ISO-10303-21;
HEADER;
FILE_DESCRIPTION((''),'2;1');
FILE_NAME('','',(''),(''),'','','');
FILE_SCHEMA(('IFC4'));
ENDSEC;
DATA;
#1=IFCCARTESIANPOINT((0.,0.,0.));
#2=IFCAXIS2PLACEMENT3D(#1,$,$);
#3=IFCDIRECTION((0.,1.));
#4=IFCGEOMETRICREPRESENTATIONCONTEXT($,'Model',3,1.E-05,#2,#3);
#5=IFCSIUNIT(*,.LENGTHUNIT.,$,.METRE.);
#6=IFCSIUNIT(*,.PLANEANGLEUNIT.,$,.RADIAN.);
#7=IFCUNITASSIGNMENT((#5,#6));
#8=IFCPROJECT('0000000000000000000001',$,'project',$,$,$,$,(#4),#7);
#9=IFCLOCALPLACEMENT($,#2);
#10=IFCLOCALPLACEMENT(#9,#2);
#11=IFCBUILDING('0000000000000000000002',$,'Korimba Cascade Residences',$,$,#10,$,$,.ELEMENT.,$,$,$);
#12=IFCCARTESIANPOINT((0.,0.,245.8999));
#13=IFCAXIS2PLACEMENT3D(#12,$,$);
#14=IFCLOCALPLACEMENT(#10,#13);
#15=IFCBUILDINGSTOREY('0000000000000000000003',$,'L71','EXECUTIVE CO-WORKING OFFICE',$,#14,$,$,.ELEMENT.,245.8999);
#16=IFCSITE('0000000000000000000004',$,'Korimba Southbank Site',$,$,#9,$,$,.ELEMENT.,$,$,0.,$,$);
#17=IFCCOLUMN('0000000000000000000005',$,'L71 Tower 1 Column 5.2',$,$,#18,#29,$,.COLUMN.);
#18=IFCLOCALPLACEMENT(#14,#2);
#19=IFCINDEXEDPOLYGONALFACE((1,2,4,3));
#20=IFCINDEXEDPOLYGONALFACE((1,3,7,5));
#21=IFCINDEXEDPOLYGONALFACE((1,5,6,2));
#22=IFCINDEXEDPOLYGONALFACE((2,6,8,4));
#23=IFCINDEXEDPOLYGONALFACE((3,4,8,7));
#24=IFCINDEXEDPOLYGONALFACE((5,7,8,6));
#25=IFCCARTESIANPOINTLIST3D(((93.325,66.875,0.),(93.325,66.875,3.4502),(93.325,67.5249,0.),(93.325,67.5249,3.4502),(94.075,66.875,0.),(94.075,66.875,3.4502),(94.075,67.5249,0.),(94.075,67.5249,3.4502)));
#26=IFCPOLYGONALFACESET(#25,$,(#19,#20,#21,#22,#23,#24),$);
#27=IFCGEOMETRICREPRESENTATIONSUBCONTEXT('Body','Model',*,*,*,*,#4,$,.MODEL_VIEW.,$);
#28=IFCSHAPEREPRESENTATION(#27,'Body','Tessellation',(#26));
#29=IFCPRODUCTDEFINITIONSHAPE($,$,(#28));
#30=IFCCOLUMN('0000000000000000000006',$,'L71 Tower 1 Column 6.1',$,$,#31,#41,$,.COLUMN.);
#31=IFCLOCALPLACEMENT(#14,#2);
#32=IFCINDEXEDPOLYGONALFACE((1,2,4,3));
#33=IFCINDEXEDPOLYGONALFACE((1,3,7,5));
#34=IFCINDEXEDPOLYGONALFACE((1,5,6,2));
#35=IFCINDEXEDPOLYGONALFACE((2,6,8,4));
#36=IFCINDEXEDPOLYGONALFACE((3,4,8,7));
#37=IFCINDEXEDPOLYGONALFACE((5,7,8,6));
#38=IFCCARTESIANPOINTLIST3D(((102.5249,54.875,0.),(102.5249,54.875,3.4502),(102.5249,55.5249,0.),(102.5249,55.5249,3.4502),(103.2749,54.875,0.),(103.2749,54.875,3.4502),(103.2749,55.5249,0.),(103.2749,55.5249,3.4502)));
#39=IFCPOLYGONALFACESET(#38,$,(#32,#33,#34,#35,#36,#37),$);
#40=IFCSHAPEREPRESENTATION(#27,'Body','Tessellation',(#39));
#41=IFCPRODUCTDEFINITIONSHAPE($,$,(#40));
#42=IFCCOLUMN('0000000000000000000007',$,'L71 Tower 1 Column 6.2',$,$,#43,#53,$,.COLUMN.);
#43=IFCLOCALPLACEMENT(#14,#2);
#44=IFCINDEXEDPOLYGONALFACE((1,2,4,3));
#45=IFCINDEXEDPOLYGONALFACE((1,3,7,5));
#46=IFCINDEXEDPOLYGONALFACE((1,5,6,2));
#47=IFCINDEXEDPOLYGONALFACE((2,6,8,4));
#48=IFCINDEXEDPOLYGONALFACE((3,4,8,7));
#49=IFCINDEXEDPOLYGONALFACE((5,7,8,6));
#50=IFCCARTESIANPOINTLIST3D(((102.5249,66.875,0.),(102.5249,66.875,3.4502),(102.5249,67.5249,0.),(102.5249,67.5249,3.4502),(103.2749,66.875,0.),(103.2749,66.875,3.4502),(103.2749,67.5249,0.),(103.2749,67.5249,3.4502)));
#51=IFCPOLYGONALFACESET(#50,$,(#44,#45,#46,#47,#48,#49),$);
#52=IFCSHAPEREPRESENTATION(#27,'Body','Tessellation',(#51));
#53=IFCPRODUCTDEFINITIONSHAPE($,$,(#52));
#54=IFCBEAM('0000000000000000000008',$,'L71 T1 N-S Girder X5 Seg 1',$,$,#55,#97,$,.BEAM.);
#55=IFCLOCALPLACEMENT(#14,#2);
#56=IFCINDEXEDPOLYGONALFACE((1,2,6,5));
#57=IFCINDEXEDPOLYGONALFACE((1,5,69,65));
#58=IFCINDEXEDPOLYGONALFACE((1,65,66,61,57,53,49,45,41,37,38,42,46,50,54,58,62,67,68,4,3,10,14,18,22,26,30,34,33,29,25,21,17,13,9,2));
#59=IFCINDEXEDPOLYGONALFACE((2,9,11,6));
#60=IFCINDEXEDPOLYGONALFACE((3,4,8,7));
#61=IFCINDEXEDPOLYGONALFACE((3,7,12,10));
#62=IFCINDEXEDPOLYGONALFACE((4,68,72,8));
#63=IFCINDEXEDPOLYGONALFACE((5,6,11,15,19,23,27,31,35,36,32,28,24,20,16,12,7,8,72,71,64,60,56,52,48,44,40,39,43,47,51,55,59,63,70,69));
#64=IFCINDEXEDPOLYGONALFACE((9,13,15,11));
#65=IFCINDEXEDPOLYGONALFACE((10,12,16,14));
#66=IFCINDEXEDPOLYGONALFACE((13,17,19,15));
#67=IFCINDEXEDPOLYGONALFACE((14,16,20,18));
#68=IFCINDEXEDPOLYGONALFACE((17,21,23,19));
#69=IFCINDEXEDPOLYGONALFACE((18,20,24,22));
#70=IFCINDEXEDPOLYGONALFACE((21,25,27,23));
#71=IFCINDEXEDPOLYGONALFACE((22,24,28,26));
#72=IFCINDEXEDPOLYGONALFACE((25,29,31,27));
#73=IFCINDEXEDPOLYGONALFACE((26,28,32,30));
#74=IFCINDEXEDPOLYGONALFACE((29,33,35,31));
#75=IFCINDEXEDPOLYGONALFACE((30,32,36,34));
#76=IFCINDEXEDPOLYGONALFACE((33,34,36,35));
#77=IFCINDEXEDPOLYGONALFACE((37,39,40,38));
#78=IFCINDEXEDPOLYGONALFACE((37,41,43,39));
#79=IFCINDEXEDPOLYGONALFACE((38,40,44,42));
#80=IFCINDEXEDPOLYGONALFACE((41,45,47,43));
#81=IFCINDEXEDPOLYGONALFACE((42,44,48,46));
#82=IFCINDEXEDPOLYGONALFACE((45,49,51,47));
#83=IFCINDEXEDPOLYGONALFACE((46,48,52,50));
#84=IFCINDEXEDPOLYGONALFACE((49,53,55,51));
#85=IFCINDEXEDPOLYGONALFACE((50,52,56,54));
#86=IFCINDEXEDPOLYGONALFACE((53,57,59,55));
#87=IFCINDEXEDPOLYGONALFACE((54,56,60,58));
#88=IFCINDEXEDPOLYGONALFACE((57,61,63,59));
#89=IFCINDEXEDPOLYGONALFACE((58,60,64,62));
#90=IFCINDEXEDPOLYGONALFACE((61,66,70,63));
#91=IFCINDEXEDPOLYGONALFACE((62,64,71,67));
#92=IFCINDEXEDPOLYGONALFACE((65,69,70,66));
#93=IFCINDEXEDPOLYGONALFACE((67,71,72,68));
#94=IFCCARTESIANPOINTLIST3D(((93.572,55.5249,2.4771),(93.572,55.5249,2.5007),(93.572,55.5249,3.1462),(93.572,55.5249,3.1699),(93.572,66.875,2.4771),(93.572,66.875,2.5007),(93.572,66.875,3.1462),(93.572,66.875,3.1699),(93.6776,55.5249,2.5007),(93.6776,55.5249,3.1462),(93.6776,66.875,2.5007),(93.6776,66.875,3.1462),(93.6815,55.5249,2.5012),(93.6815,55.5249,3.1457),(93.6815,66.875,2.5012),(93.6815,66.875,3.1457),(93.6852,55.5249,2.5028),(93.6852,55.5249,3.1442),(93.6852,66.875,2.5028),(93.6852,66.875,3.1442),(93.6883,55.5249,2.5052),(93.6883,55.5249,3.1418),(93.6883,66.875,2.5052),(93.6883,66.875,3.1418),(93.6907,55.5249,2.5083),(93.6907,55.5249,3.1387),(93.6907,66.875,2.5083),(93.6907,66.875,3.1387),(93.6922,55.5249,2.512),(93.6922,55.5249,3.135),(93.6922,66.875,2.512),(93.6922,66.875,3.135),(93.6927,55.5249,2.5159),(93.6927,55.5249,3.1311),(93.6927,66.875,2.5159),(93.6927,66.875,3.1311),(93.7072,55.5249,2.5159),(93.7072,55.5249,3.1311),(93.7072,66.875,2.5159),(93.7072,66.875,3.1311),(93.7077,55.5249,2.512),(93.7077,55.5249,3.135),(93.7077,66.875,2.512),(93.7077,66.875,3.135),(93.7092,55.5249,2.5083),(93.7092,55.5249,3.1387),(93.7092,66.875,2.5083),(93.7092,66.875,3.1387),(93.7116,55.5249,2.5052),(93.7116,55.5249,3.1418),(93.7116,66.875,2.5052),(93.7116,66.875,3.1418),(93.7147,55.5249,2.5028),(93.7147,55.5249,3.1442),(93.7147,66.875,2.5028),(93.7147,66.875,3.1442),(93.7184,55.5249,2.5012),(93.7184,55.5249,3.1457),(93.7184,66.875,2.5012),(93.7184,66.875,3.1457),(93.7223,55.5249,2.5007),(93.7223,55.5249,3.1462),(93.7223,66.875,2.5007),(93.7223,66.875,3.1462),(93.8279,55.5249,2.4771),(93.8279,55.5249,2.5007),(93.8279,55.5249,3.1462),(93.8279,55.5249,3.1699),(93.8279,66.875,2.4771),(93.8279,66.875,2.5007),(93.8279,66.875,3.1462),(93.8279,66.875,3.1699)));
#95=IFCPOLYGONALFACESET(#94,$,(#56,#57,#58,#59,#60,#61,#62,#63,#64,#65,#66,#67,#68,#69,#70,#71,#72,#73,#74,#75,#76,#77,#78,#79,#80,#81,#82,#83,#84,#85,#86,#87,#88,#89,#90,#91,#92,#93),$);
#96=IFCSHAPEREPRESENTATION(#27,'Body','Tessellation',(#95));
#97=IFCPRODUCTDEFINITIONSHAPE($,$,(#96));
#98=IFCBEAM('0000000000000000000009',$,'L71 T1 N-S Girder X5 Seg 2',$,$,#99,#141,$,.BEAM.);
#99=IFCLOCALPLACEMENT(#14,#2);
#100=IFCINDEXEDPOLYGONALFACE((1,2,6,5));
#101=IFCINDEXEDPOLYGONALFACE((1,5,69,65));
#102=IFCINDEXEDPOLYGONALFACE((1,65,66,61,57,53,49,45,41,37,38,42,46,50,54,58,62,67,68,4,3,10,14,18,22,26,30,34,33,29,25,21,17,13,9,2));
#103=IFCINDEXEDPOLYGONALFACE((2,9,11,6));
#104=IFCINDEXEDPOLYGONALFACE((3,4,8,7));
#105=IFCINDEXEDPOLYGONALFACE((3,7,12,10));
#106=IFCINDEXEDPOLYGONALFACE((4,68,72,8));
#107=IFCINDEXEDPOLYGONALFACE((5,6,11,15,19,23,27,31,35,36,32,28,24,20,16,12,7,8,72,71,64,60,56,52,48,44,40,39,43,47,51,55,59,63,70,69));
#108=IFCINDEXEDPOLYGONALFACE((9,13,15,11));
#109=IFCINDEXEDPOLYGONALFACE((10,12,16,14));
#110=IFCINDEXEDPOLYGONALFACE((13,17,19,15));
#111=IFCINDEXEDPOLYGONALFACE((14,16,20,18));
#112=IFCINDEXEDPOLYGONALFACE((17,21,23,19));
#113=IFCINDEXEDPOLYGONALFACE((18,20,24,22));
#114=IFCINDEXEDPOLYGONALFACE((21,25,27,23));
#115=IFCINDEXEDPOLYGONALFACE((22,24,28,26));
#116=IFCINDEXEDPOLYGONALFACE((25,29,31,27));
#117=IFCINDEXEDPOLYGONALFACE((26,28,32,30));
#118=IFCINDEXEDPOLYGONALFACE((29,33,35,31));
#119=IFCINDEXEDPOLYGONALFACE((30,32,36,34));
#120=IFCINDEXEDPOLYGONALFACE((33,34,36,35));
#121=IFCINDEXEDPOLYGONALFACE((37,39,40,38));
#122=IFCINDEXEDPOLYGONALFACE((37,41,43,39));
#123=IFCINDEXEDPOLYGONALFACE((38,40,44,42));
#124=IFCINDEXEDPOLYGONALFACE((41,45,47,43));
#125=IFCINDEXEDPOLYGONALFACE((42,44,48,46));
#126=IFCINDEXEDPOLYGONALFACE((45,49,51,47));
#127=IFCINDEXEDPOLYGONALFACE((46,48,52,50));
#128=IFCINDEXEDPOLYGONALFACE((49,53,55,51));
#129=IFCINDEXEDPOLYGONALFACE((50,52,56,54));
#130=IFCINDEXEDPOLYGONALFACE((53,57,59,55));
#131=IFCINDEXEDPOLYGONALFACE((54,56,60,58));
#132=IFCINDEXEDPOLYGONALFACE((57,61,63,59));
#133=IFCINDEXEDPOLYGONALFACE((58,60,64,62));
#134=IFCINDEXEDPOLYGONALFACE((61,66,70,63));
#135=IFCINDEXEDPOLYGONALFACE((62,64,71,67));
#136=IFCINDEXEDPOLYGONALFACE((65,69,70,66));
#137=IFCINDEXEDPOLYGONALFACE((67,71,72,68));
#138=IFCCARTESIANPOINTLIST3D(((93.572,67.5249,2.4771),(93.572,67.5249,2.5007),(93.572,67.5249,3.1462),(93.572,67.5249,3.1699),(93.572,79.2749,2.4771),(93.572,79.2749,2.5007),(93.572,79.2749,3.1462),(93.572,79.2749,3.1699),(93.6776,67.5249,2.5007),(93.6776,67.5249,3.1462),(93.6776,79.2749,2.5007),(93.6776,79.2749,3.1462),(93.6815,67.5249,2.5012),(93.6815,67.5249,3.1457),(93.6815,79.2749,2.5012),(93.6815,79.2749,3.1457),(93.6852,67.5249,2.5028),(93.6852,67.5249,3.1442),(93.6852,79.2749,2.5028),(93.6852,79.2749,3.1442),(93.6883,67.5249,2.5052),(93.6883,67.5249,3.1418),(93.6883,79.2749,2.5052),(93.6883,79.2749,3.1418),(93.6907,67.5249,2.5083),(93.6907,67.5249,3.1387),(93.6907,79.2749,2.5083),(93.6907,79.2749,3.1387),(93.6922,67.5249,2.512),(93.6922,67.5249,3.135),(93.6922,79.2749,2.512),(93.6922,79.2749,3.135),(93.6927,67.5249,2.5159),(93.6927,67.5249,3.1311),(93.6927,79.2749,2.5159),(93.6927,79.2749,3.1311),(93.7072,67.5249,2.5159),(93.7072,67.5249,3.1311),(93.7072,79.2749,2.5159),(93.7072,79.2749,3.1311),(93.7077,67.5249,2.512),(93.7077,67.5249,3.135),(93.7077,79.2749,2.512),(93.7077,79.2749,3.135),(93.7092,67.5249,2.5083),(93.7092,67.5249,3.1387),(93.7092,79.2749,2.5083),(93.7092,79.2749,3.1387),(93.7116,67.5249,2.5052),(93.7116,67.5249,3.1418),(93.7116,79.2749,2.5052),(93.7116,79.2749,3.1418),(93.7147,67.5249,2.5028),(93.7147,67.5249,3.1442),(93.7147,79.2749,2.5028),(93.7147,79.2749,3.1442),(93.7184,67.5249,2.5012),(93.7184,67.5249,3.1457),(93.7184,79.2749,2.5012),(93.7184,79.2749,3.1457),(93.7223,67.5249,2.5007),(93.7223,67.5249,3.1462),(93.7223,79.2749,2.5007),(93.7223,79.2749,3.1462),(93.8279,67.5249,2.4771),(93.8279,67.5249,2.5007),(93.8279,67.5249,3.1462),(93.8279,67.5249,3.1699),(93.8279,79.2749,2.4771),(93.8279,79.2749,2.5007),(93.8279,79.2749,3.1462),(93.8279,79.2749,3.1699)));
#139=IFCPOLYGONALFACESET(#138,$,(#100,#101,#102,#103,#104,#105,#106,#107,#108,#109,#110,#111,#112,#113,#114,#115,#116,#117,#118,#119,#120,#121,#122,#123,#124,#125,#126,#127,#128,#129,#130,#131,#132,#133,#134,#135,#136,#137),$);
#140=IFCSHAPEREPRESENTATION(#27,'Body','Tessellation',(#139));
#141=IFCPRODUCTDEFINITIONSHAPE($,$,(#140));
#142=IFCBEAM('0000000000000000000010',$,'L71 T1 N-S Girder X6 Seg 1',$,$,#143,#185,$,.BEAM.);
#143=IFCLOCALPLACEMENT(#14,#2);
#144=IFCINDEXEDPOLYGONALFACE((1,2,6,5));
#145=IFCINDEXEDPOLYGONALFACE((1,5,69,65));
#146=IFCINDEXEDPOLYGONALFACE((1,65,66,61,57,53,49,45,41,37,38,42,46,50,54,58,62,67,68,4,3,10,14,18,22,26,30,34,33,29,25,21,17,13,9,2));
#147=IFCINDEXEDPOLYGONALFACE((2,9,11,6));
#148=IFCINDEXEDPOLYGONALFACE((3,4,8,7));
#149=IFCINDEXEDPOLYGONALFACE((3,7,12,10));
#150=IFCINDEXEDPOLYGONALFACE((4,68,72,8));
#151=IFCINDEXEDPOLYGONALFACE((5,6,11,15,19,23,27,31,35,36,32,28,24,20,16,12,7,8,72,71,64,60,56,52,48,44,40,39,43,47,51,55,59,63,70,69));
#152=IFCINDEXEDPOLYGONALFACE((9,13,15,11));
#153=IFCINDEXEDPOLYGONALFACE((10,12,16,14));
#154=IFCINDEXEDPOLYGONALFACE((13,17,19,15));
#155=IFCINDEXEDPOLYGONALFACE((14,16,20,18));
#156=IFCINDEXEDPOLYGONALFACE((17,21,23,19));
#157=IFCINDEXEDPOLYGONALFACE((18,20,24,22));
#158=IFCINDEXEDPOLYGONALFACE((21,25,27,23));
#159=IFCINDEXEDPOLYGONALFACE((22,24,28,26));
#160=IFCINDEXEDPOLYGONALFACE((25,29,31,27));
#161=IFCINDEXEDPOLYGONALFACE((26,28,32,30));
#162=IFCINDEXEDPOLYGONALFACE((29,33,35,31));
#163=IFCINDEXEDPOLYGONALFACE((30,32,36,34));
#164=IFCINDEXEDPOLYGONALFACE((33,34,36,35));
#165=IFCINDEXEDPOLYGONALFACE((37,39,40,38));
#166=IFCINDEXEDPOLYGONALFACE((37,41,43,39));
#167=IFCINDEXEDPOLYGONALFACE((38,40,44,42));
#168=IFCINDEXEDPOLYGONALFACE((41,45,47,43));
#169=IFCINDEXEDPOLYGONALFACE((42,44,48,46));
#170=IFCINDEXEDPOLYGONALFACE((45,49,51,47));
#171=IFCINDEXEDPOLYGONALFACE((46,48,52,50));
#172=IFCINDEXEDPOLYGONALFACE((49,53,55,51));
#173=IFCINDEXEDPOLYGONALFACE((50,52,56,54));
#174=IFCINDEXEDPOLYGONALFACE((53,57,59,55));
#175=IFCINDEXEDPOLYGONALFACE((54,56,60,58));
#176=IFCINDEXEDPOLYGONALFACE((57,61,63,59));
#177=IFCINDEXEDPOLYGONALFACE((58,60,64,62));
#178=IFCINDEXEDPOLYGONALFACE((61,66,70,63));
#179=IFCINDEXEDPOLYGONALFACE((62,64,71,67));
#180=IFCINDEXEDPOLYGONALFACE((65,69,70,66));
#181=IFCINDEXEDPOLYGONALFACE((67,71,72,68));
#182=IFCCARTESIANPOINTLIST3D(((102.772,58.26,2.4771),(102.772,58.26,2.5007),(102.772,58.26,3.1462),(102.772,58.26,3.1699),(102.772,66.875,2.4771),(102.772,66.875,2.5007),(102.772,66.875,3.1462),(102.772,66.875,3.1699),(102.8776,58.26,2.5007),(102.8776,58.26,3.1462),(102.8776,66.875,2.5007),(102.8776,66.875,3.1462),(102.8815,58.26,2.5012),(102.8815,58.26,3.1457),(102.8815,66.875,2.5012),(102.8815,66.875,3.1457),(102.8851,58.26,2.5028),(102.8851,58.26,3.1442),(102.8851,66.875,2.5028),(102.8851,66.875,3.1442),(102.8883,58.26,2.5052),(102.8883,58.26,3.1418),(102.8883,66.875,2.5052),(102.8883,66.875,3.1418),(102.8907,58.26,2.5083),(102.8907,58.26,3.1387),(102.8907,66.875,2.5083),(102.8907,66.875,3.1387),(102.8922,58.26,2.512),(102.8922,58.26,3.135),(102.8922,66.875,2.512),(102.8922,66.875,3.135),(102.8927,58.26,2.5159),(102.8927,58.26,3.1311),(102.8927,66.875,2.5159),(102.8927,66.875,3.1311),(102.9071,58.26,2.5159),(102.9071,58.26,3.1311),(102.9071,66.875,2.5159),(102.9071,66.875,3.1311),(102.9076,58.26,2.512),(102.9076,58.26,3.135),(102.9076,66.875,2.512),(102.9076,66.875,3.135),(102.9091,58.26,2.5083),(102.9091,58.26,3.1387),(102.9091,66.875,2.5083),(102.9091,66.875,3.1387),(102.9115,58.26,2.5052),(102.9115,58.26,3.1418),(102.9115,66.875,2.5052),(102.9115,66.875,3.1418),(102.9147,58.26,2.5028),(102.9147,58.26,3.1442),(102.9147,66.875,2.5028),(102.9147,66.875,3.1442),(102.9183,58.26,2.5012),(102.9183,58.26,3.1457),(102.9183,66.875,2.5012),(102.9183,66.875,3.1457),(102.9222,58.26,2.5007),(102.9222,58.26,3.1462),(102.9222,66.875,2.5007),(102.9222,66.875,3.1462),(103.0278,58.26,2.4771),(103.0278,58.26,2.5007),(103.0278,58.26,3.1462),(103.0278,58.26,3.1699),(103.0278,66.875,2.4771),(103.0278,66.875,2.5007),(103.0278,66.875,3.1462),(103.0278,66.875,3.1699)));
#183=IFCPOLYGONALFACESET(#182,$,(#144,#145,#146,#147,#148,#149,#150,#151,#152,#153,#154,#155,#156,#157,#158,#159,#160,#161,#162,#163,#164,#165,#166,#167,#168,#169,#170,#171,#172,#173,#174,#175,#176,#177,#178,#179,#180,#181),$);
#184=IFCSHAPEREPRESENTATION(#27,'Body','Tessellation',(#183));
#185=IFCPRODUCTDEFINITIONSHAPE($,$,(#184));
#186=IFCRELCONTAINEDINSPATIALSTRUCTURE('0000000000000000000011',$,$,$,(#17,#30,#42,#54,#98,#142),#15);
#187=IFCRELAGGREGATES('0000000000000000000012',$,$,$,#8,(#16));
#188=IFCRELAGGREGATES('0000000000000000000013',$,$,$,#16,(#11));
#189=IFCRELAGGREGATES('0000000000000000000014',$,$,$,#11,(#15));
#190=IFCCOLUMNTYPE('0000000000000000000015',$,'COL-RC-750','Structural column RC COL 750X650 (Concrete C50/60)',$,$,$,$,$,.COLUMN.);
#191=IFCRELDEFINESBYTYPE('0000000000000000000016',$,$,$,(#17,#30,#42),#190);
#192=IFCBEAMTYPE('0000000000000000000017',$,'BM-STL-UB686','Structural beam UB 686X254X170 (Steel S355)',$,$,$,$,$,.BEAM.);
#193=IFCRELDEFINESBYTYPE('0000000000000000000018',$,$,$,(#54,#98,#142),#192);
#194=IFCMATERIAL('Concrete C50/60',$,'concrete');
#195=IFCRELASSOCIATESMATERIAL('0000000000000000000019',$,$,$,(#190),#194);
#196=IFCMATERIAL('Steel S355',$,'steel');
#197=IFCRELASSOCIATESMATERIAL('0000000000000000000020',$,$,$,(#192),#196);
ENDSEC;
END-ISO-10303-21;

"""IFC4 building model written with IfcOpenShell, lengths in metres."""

from ifc_helpers import new_model, si_unit, direction, frame, origin, origin_2d, place, context, subcontext, project, spatial, rectangle, i_section, extrude, material, material_profile, profile_set, type_object, element, save


model = new_model("IFC4")

# Units and contexts
model_context = context("Model", 3, precision=1e-05, world=origin(), true_north=direction((0.0, 1.0)))
body_context = subcontext(model_context, "Body", "Model", "MODEL_VIEW")
ifc_project = project(units=[si_unit("LENGTHUNIT", "METRE"), si_unit("PLANEANGLEUNIT", "RADIAN")], contexts=[model_context])

# Site, building, storey
site_placement = place(None, origin())
site = spatial("IfcSite", under=ifc_project, at=site_placement, Name="Korimba Southbank Site", CompositionType="ELEMENT", RefElevation=0.0)
building_placement = place(site_placement, origin())
building = spatial("IfcBuilding", under=site, at=building_placement, Name="Korimba Cascade Residences", CompositionType="ELEMENT")
storey_placement = place(building_placement, frame((0.0, 0.0, 245.8999)))
storey = spatial("IfcBuildingStorey", under=building, at=storey_placement, Name="L71", Description="EXECUTIVE CO-WORKING OFFICE", CompositionType="ELEMENT", Elevation=245.8999)

# Columns
ifc_material_1 = material(Name="Concrete C50/60", Category="concrete")
ifc_material_profile_1 = material_profile(ifc_material_1, rectangle(XDim=0.75, YDim=0.6499, at=origin_2d()), Name="Concrete C50/60")
ifc_profile_set_1 = profile_set([ifc_material_profile_1], Name="Concrete C50/60")
column_type = type_object("IfcColumnType", Name="COL-RC-750", Description="Structural column RC COL 750X650 (Concrete C50/60)", PredefinedType="COLUMN", material=ifc_profile_set_1)
for number, where, z_axis, x_axis, name in (
    (1, (93.7, 67.2, 0.0), (0.0, 0.0, 1.0), (1.0, 0.0, 0.0), "L71 Tower 1 Column 5.2"),
    (2, (102.8999, 55.2, 0.0), (0.0, 0.0, 1.0), (1.0, 0.0, 0.0), "L71 Tower 1 Column 6.1"),
    (3, (102.8999, 67.2, 0.0), (0.0, 0.0, 1.0), (1.0, 0.0, 0.0), "L71 Tower 1 Column 6.2"),
):
    element("IfcColumn", number, at=place(storey_placement, frame(where, z_axis=z_axis, x_axis=x_axis)), inside=storey, type_object=column_type, Name=name, PredefinedType="COLUMN", context=body_context, shape_type="SweptSolid", body=[
        extrude(rectangle(XDim=0.75, YDim=0.6499, at=origin_2d()), origin(), (0.0, 0.0, 1.0), 3.4502),
    ])

# Beams
ifc_material_2 = material(Name="Steel S355", Category="steel")
ifc_material_profile_2 = material_profile(ifc_material_2, i_section(OverallWidth=0.2559, OverallDepth=0.6929, WebThickness=0.0144, FlangeThickness=0.0237, FilletRadius=0.0151, at=origin_2d()), Name="Steel S355")
ifc_profile_set_2 = profile_set([ifc_material_profile_2], Name="Steel S355")
beam_type = type_object("IfcBeamType", Name="BM-STL-UB686", Description="Structural beam UB 686X254X170 (Steel S355)", PredefinedType="BEAM", material=ifc_profile_set_2)
beam_1_placement = place(storey_placement, frame((93.7, 55.5249, 2.8235), z_axis=(0.0, 1.0, 0.0), x_axis=(-1.0, 0.0, 0.0)))
element("IfcBeam", 4, at=beam_1_placement, inside=storey, type_object=beam_type, Name="L71 T1 N-S Girder X5 Seg 1", PredefinedType="BEAM", context=body_context, shape_type="SweptSolid", body=[
    extrude(i_section(OverallWidth=0.2559, OverallDepth=0.6929, WebThickness=0.0144, FlangeThickness=0.0237, FilletRadius=0.0151, at=origin_2d()), origin(), (0.0, 0.0, 1.0), 11.3501),
])
beam_2_placement = place(storey_placement, frame((93.7, 67.5249, 2.8235), z_axis=(0.0, 1.0, 0.0), x_axis=(-1.0, 0.0, 0.0)))
element("IfcBeam", 5, at=beam_2_placement, inside=storey, type_object=beam_type, Name="L71 T1 N-S Girder X5 Seg 2", PredefinedType="BEAM", context=body_context, shape_type="SweptSolid", body=[
    extrude(i_section(OverallWidth=0.2559, OverallDepth=0.6929, WebThickness=0.0144, FlangeThickness=0.0237, FilletRadius=0.0151, at=origin_2d()), origin(), (0.0, 0.0, 1.0), 11.75),
])
beam_3_placement = place(storey_placement, frame((102.8999, 58.26, 2.8235), z_axis=(0.0, 1.0, 0.0), x_axis=(-1.0, 0.0, 0.0)))
element("IfcBeam", 6, at=beam_3_placement, inside=storey, type_object=beam_type, Name="L71 T1 N-S Girder X6 Seg 1", PredefinedType="BEAM", context=body_context, shape_type="SweptSolid", body=[
    extrude(i_section(OverallWidth=0.2559, OverallDepth=0.6929, WebThickness=0.0144, FlangeThickness=0.0237, FilletRadius=0.0151, at=origin_2d()), origin(), (0.0, 0.0, 1.0), 8.615),
])

save(model, "model.ifc")
